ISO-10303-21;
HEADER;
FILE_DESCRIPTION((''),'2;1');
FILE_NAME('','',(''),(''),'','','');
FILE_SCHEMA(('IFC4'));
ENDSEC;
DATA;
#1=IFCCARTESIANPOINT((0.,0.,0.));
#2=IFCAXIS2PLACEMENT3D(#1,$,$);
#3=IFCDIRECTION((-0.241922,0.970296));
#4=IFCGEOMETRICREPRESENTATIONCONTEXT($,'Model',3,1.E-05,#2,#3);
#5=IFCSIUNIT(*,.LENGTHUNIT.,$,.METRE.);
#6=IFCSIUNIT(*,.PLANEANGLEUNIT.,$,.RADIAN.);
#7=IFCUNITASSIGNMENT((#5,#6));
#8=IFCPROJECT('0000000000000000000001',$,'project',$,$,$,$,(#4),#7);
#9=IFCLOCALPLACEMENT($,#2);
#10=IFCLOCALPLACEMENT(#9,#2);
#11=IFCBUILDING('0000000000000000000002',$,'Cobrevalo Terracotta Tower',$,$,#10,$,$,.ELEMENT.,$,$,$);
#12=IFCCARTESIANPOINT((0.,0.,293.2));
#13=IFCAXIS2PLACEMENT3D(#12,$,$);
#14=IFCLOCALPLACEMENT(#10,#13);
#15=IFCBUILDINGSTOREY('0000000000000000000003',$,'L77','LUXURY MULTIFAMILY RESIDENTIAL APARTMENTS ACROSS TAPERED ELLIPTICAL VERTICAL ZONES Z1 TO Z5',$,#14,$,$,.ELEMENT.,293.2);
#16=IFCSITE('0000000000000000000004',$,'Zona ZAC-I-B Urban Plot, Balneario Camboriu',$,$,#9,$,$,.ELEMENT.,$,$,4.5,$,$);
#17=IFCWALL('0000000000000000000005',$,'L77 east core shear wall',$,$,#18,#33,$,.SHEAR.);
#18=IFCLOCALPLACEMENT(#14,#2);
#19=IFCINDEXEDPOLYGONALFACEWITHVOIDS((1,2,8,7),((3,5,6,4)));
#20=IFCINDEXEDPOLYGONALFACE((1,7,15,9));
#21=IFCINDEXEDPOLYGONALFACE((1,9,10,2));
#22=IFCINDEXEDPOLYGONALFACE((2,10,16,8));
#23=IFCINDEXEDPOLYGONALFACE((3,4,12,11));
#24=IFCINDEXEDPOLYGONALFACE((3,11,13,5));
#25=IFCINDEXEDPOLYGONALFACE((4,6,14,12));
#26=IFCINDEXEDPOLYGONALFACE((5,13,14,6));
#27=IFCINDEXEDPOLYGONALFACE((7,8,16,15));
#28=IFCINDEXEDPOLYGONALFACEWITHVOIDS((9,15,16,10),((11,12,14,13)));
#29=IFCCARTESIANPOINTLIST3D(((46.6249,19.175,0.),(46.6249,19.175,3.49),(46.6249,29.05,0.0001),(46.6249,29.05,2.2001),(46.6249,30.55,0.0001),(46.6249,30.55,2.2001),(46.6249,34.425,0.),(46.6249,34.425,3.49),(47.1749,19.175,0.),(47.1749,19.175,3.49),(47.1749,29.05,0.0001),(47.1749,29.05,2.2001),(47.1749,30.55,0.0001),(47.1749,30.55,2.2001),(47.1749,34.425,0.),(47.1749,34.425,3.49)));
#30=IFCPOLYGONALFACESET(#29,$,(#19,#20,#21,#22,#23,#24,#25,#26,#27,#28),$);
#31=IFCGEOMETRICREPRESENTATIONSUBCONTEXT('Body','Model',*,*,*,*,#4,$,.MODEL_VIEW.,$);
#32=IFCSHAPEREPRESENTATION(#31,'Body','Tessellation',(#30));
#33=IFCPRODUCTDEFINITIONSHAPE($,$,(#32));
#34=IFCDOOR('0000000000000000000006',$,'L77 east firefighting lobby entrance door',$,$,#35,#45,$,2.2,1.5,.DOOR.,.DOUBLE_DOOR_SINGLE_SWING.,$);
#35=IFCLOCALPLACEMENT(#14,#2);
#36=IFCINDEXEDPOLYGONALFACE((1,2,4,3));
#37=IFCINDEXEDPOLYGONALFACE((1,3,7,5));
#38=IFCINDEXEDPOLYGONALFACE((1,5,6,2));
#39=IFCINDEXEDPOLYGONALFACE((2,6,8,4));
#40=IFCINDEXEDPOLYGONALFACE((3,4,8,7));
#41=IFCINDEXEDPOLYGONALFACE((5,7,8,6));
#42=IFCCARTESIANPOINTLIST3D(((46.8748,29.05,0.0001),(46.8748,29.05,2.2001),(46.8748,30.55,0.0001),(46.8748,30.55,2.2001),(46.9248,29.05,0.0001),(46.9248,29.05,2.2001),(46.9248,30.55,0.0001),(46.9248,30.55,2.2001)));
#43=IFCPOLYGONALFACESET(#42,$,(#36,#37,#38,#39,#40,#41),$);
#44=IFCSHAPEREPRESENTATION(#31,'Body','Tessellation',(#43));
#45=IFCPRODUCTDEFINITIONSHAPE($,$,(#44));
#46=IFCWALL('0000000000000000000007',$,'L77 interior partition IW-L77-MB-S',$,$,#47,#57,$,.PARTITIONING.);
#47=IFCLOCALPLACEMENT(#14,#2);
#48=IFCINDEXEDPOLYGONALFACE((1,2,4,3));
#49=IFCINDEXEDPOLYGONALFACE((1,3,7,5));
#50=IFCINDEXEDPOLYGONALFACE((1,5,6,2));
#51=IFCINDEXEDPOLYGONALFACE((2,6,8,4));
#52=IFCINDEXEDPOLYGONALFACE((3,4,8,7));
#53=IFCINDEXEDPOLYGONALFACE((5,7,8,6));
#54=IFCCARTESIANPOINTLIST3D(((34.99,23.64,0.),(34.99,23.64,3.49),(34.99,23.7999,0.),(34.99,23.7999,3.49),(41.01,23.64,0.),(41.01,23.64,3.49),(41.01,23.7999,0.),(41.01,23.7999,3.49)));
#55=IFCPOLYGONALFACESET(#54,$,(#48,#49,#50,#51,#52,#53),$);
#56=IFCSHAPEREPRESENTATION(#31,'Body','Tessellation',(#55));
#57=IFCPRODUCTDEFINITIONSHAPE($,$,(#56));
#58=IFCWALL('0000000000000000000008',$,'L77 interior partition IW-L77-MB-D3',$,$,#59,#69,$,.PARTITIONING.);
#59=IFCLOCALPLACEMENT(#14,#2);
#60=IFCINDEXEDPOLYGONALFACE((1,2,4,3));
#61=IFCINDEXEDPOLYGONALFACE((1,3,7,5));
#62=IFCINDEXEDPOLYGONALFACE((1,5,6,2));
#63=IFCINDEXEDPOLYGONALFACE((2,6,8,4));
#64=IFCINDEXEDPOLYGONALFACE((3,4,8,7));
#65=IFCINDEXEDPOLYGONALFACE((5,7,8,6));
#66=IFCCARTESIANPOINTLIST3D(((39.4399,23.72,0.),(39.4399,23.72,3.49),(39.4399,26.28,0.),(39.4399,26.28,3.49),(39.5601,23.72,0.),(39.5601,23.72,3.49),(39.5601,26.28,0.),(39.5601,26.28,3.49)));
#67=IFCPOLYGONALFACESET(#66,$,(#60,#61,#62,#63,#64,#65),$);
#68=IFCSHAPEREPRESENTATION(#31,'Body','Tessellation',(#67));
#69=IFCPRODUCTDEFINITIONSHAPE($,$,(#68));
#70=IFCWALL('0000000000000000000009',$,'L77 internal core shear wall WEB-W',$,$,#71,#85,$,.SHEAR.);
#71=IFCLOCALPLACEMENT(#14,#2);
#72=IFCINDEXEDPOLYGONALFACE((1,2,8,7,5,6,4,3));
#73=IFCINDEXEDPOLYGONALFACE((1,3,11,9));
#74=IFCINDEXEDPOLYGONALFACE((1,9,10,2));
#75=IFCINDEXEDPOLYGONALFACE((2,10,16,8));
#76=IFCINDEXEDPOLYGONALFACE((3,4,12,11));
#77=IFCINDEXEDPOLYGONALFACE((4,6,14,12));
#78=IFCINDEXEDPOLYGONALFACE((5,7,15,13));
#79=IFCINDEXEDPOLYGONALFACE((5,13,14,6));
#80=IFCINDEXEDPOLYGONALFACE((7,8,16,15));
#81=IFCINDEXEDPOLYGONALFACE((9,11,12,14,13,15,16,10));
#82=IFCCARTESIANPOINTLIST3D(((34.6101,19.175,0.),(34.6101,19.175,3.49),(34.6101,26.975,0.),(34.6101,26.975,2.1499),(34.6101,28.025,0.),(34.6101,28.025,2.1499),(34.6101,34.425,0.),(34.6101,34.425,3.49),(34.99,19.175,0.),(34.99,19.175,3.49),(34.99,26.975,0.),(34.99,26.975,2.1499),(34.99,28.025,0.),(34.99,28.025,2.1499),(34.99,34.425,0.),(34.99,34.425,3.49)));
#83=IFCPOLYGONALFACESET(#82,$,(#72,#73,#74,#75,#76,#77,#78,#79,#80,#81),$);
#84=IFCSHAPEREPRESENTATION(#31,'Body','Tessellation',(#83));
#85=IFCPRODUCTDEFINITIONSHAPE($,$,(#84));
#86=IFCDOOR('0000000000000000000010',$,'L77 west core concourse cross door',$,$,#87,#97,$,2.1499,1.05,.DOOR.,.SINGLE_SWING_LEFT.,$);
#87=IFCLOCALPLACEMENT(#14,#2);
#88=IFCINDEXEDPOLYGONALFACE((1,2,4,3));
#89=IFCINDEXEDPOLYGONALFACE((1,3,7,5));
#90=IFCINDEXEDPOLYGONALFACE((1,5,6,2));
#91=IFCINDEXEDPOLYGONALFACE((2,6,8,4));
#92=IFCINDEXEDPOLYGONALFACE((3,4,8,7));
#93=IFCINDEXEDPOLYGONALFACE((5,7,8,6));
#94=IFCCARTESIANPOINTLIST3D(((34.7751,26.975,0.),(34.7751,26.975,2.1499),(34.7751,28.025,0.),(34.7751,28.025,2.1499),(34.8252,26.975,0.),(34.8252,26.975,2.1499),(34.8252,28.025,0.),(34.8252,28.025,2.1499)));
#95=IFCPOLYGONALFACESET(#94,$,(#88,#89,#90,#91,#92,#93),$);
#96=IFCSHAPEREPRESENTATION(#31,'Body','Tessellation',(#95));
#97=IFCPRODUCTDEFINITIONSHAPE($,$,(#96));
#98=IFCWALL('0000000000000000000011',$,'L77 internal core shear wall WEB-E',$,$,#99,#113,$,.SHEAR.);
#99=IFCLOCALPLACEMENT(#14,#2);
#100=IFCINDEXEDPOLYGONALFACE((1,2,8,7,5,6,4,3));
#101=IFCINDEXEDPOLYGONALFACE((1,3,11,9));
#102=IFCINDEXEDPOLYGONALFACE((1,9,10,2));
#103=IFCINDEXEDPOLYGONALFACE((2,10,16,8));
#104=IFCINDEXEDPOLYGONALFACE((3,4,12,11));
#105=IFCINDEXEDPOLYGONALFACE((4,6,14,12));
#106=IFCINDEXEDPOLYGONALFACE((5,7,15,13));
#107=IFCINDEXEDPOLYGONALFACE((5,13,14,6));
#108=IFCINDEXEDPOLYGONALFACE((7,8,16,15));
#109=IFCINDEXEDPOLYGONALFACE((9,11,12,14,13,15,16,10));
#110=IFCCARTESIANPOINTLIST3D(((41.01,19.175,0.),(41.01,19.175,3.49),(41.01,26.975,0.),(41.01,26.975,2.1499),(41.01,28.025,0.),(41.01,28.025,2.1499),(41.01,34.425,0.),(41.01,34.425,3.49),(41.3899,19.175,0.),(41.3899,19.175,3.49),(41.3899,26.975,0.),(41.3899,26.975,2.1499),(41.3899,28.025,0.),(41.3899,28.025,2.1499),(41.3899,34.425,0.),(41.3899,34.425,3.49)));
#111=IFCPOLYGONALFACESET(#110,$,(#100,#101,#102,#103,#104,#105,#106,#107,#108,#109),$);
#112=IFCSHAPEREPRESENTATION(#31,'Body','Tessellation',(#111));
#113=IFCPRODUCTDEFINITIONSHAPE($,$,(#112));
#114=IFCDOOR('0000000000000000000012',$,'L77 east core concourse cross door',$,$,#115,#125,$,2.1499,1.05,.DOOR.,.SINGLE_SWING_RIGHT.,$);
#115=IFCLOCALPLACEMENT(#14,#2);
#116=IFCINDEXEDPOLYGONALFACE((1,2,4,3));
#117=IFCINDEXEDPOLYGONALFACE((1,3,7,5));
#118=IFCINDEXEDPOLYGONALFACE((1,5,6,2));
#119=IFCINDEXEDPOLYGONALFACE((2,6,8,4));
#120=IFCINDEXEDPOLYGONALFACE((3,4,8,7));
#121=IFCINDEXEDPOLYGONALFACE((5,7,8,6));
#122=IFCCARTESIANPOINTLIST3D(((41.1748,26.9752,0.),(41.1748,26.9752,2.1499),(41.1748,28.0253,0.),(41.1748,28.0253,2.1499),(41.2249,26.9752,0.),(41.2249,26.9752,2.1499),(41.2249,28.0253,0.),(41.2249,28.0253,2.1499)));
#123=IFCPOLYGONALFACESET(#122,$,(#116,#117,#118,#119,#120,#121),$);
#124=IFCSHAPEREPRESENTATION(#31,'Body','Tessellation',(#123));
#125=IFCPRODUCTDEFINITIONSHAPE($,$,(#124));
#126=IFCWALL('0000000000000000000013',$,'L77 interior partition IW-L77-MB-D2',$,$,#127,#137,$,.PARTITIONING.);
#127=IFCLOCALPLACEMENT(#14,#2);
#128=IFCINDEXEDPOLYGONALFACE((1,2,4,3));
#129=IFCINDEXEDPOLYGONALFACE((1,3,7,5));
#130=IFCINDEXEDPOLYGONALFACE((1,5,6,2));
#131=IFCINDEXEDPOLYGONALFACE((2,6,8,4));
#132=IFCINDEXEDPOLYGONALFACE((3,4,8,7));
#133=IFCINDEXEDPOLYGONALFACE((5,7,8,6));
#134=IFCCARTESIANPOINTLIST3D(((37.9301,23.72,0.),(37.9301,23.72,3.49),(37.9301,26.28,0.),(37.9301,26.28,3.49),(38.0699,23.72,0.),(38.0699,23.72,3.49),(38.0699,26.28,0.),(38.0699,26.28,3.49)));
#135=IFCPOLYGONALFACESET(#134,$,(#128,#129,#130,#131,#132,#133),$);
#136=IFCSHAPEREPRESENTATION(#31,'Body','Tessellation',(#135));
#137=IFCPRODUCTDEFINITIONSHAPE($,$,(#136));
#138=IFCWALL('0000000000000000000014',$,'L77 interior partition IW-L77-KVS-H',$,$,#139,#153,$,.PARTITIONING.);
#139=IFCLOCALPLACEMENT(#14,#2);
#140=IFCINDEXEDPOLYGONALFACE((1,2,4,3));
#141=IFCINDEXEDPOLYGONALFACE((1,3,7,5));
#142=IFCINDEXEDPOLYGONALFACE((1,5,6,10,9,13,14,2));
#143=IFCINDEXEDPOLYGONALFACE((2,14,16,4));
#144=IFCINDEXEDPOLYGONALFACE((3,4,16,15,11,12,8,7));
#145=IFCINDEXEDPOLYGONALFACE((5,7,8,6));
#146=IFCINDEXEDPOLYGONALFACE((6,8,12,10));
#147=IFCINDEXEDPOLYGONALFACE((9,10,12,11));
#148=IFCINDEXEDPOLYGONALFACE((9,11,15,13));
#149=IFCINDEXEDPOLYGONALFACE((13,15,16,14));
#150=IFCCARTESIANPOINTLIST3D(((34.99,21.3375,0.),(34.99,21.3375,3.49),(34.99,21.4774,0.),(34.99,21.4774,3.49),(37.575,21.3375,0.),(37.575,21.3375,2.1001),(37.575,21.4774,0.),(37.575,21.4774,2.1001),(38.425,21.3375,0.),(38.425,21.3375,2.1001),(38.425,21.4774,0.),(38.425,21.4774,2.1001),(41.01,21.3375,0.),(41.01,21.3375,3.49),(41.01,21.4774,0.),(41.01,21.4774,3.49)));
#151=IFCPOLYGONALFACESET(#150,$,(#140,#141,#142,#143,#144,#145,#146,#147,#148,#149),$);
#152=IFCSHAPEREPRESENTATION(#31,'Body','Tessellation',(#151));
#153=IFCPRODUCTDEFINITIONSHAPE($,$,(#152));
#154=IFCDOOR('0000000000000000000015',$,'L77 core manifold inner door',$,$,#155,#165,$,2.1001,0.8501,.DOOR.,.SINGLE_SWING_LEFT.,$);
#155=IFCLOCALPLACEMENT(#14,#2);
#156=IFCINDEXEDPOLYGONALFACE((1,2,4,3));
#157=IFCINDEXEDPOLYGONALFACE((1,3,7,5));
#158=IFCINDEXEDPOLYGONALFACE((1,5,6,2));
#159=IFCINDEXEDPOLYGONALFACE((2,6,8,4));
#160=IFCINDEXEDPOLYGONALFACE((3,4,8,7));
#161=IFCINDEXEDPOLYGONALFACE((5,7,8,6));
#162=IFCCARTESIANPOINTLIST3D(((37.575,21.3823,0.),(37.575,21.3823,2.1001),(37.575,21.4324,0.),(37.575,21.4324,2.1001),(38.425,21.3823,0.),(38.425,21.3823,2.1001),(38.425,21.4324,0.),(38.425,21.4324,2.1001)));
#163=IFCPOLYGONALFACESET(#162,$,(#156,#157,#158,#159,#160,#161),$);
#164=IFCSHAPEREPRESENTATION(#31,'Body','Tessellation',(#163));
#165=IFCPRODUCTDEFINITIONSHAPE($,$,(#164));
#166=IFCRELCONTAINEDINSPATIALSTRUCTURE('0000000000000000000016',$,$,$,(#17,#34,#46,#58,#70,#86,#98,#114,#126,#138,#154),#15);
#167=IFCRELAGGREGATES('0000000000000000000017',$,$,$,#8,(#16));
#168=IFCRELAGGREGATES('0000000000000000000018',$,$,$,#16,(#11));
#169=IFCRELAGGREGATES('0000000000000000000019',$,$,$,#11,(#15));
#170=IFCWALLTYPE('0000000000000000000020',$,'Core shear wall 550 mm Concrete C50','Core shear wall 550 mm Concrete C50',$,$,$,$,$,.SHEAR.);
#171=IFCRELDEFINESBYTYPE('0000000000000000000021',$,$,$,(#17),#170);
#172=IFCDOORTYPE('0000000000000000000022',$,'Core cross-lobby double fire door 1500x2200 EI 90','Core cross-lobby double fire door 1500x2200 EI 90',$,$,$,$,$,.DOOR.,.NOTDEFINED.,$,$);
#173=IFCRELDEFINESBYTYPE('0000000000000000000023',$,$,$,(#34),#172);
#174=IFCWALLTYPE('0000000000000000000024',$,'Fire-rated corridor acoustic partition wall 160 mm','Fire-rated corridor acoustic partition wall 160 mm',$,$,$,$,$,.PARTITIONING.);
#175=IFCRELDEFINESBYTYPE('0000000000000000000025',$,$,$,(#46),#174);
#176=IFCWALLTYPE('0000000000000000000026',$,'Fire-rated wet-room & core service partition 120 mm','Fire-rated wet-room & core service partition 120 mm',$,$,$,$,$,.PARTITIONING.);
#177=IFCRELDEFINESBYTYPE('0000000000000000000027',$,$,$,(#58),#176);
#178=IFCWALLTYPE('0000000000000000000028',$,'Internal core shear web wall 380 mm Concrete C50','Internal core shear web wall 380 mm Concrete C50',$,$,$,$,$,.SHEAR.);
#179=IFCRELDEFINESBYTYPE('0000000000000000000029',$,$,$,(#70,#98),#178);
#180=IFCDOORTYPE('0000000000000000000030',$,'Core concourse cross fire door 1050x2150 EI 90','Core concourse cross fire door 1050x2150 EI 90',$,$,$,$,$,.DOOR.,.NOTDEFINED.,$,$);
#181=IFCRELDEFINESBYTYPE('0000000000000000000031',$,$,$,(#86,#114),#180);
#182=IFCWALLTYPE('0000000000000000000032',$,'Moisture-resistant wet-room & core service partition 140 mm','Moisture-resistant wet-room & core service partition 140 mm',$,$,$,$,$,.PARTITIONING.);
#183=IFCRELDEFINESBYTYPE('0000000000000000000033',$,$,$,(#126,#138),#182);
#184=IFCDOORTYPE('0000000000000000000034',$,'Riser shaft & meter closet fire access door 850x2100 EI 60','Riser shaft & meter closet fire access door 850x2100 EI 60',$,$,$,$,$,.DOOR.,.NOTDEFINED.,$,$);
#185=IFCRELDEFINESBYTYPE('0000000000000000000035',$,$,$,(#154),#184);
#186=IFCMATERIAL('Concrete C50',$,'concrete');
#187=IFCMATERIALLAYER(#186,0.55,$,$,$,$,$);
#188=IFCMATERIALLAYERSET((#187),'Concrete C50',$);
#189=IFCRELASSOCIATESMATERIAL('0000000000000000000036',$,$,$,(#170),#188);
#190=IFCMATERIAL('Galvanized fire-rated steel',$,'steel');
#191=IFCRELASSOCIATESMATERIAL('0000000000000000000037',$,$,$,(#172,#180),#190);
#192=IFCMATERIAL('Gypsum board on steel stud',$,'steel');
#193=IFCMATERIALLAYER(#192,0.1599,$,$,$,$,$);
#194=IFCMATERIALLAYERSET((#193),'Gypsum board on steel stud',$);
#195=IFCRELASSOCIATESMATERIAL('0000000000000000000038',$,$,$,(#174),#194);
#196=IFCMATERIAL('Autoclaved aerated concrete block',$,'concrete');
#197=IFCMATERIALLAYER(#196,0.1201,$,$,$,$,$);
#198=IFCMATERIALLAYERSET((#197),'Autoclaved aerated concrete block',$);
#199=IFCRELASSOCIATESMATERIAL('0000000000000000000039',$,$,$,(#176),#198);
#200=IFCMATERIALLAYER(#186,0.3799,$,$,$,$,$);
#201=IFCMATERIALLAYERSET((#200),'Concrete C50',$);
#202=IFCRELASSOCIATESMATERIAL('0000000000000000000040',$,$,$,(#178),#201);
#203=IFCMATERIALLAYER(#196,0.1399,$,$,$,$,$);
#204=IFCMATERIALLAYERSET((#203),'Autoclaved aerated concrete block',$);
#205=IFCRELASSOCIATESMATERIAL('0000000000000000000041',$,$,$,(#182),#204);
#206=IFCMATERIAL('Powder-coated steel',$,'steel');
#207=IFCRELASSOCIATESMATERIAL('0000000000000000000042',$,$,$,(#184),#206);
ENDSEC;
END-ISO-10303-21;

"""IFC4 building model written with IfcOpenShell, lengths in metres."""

from ifc_helpers import new_model, si_unit, direction, frame, frame_2d, origin, place, context, subcontext, project, spatial, rectangle, extrude, source, transform, mapped, material, layer, layer_set, type_object, element, fill, save


model = new_model("IFC4")

# Units and contexts
model_context = context("Model", 3, precision=1e-05, world=origin(), true_north=direction((-0.241922, 0.970296)))
body_context = subcontext(model_context, "Body", "Model", "MODEL_VIEW")
ifc_project = project(units=[si_unit("LENGTHUNIT", "METRE"), si_unit("PLANEANGLEUNIT", "RADIAN")], contexts=[model_context])

# Site, building, storey
site_placement = place(None, origin())
site = spatial("IfcSite", under=ifc_project, at=site_placement, Name="Zona ZAC-I-B Urban Plot, Balneario Camboriu", CompositionType="ELEMENT", RefElevation=4.5)
building_placement = place(site_placement, origin())
building = spatial("IfcBuilding", under=site, at=building_placement, Name="Cobrevalo Terracotta Tower", CompositionType="ELEMENT")
storey_placement = place(building_placement, frame((0.0, 0.0, 293.2)))
storey = spatial("IfcBuildingStorey", under=building, at=storey_placement, Name="L77", Description="LUXURY MULTIFAMILY RESIDENTIAL APARTMENTS ACROSS TAPERED ELLIPTICAL VERTICAL ZONES Z1 TO Z5", CompositionType="ELEMENT", Elevation=293.2)

# Wall, opening, door
ifc_material_1 = material(Name="Concrete C50", Category="concrete")
ifc_layer_1 = layer(ifc_material_1, 0.55)
ifc_layer_set_1 = layer_set([ifc_layer_1], Name="Concrete C50")
wall_type_1 = type_object("IfcWallType", Name="Core shear wall 550 mm Concrete C50", Description="Core shear wall 550 mm Concrete C50", PredefinedType="SHEAR", material=ifc_layer_set_1)
wall_1_placement = place(storey_placement, frame((46.8999, 19.175, 0.0), z_axis=(0.0, 0.0, 1.0), x_axis=(0.0, 1.0, 0.0)))
wall_1 = element("IfcWall", 1, at=wall_1_placement, inside=storey, type_object=wall_type_1, Name="L77 east core shear wall", PredefinedType="SHEAR", context=body_context, shape_type="SweptSolid", body=[
    extrude(rectangle(XDim=15.25, YDim=0.55, at=frame_2d((7.625, 0.0))), origin(), (0.0, 0.0, 1.0), 3.49),
])
opening_1_placement = place(wall_1_placement, frame((9.875, 0.0, 0.0)))
opening_1 = element("IfcOpeningElement", 2, at=opening_1_placement, cuts=wall_1, PredefinedType="OPENING", context=body_context, shape_type="SweptSolid", body=[
    extrude(rectangle(XDim=1.5, YDim=2.2, at=frame_2d((0.75, 1.1001))), frame((0.0, 0.2852, 0.0), z_axis=(0.0, -1.0, 0.0), x_axis=(1.0, 0.0, 0.0)), (0.0, 0.0, 1.0), 0.5701),
])
ifc_material_2 = material(Name="Galvanized fire-rated steel", Category="steel")
door_type_1 = type_object("IfcDoorType", Name="Core cross-lobby double fire door 1500x2200 EI 90", Description="Core cross-lobby double fire door 1500x2200 EI 90", OperationType="NOTDEFINED", PredefinedType="DOOR", material=ifc_material_2)
shared_shape_1 = source(origin(), body_context, "Body", "SweptSolid", [
    extrude(rectangle(XDim=1.5, YDim=2.2, at=frame_2d((0.75, 1.1001))), frame((0.0, 0.0249, 0.0), z_axis=(0.0, -1.0, 0.0), x_axis=(1.0, 0.0, 0.0)), (0.0, 0.0, 1.0), 0.05),
])
door_1_placement = place(opening_1_placement, frame((1.5, 0.0, 0.0), z_axis=(0.0, 0.0, 1.0), x_axis=(-1.0, 0.0, 0.0)))
door_1 = element("IfcDoor", 3, at=door_1_placement, inside=storey, type_object=door_type_1, Name="L77 east firefighting lobby entrance door", OperationType="DOUBLE_DOOR_SINGLE_SWING", OverallHeight=2.2, OverallWidth=1.5, PredefinedType="DOOR", context=body_context, shape_type="MappedRepresentation", body=[
    mapped(shared_shape_1, transform((0.0, 0.0, 0.0), scale=1.0)),
])
fill(opening_1, door_1)

# Walls
ifc_material_3 = material(Name="Gypsum board on steel stud", Category="steel")
ifc_layer_2 = layer(ifc_material_3, 0.1599)
ifc_layer_set_2 = layer_set([ifc_layer_2], Name="Gypsum board on steel stud")
wall_type_2 = type_object("IfcWallType", Name="Fire-rated corridor acoustic partition wall 160 mm", Description="Fire-rated corridor acoustic partition wall 160 mm", PredefinedType="PARTITIONING", material=ifc_layer_set_2)
wall_2_placement = place(storey_placement, frame((34.99, 23.72, 0.0), z_axis=(0.0, 0.0, 1.0), x_axis=(1.0, 0.0, 0.0)))
element("IfcWall", 4, at=wall_2_placement, inside=storey, type_object=wall_type_2, Name="L77 interior partition IW-L77-MB-S", PredefinedType="PARTITIONING", context=body_context, shape_type="SweptSolid", body=[
    extrude(rectangle(XDim=6.02, YDim=0.1599, at=frame_2d((3.01, 0.0))), origin(), (0.0, 0.0, 1.0), 3.49),
])
ifc_material_4 = material(Name="Autoclaved aerated concrete block", Category="concrete")
ifc_layer_3 = layer(ifc_material_4, 0.1201)
ifc_layer_set_3 = layer_set([ifc_layer_3], Name="Autoclaved aerated concrete block")
wall_type_3 = type_object("IfcWallType", Name="Fire-rated wet-room & core service partition 120 mm", Description="Fire-rated wet-room & core service partition 120 mm", PredefinedType="PARTITIONING", material=ifc_layer_set_3)
wall_3_placement = place(storey_placement, frame((39.5, 23.72, 0.0), z_axis=(0.0, 0.0, 1.0), x_axis=(0.0, 1.0, 0.0)))
element("IfcWall", 5, at=wall_3_placement, inside=storey, type_object=wall_type_3, Name="L77 interior partition IW-L77-MB-D3", PredefinedType="PARTITIONING", context=body_context, shape_type="SweptSolid", body=[
    extrude(rectangle(XDim=2.5601, YDim=0.1201, at=frame_2d((1.28, 0.0))), origin(), (0.0, 0.0, 1.0), 3.49),
])

# Walls, openings, doors
ifc_layer_4 = layer(ifc_material_1, 0.3799)
ifc_layer_set_4 = layer_set([ifc_layer_4], Name="Concrete C50")
wall_type_4 = type_object("IfcWallType", Name="Internal core shear web wall 380 mm Concrete C50", Description="Internal core shear web wall 380 mm Concrete C50", PredefinedType="SHEAR", material=ifc_layer_set_4)
wall_4_placement = place(storey_placement, frame((34.8, 19.175, 0.0), z_axis=(0.0, 0.0, 1.0), x_axis=(0.0, 1.0, 0.0)))
wall_4 = element("IfcWall", 6, at=wall_4_placement, inside=storey, type_object=wall_type_4, Name="L77 internal core shear wall WEB-W", PredefinedType="SHEAR", context=body_context, shape_type="SweptSolid", body=[
    extrude(rectangle(XDim=15.25, YDim=0.3799, at=frame_2d((7.625, 0.0))), origin(), (0.0, 0.0, 1.0), 3.49),
])
opening_2_placement = place(wall_4_placement, frame((7.8, 0.0, 0.0)))
opening_2 = element("IfcOpeningElement", 7, at=opening_2_placement, cuts=wall_4, PredefinedType="OPENING", context=body_context, shape_type="SweptSolid", body=[
    extrude(rectangle(XDim=1.05, YDim=2.1499, at=frame_2d((0.5249, 1.075))), frame((0.0, 0.2, 0.0), z_axis=(0.0, -1.0, 0.0), x_axis=(1.0, 0.0, 0.0)), (0.0, 0.0, 1.0), 0.3999),
])
door_type_2 = type_object("IfcDoorType", Name="Core concourse cross fire door 1050x2150 EI 90", Description="Core concourse cross fire door 1050x2150 EI 90", OperationType="NOTDEFINED", PredefinedType="DOOR", material=ifc_material_2)
shared_shape_2 = source(origin(), body_context, "Body", "SweptSolid", [
    extrude(rectangle(XDim=1.05, YDim=2.1499, at=frame_2d((0.5249, 1.075))), frame((0.0, 0.0249, 0.0), z_axis=(0.0, -1.0, 0.0), x_axis=(1.0, 0.0, 0.0)), (0.0, 0.0, 1.0), 0.05),
])
door_2_placement = place(opening_2_placement, origin())
door_2 = element("IfcDoor", 8, at=door_2_placement, inside=storey, type_object=door_type_2, Name="L77 west core concourse cross door", OperationType="SINGLE_SWING_LEFT", OverallHeight=2.1499, OverallWidth=1.05, PredefinedType="DOOR", context=body_context, shape_type="MappedRepresentation", body=[
    mapped(shared_shape_2, transform((0.0, 0.0, 0.0), scale=1.0)),
])
fill(opening_2, door_2)
wall_5_placement = place(storey_placement, frame((41.2, 19.175, 0.0), z_axis=(0.0, 0.0, 1.0), x_axis=(0.0, 1.0, 0.0)))
wall_5 = element("IfcWall", 9, at=wall_5_placement, inside=storey, type_object=wall_type_4, Name="L77 internal core shear wall WEB-E", PredefinedType="SHEAR", context=body_context, shape_type="SweptSolid", body=[
    extrude(rectangle(XDim=15.25, YDim=0.3799, at=frame_2d((7.625, 0.0))), origin(), (0.0, 0.0, 1.0), 3.49),
])
opening_3_placement = place(wall_5_placement, frame((7.8, 0.0, 0.0)))
opening_3 = element("IfcOpeningElement", 10, at=opening_3_placement, cuts=wall_5, PredefinedType="OPENING", context=body_context, shape_type="SweptSolid", body=[
    extrude(rectangle(XDim=1.05, YDim=2.1499, at=frame_2d((0.5249, 1.075))), frame((0.0, 0.2, 0.0), z_axis=(0.0, -1.0, 0.0), x_axis=(1.0, 0.0, 0.0)), (0.0, 0.0, 1.0), 0.3999),
])
door_3_placement = place(opening_3_placement, frame((1.05, 0.0, 0.0), z_axis=(0.0, 0.0, 1.0), x_axis=(-1.0, 0.0, 0.0)))
door_3 = element("IfcDoor", 11, at=door_3_placement, inside=storey, type_object=door_type_2, Name="L77 east core concourse cross door", OperationType="SINGLE_SWING_RIGHT", OverallHeight=2.1499, OverallWidth=1.05, PredefinedType="DOOR", context=body_context, shape_type="MappedRepresentation", body=[
    mapped(shared_shape_2, transform((0.0, 0.0, 0.0), scale=1.0)),
])
fill(opening_3, door_3)

# Wall
ifc_layer_5 = layer(ifc_material_4, 0.1399)
ifc_layer_set_5 = layer_set([ifc_layer_5], Name="Autoclaved aerated concrete block")
wall_type_5 = type_object("IfcWallType", Name="Moisture-resistant wet-room & core service partition 140 mm", Description="Moisture-resistant wet-room & core service partition 140 mm", PredefinedType="PARTITIONING", material=ifc_layer_set_5)
wall_6_placement = place(storey_placement, frame((38.0, 23.72, 0.0), z_axis=(0.0, 0.0, 1.0), x_axis=(0.0, 1.0, 0.0)))
element("IfcWall", 12, at=wall_6_placement, inside=storey, type_object=wall_type_5, Name="L77 interior partition IW-L77-MB-D2", PredefinedType="PARTITIONING", context=body_context, shape_type="SweptSolid", body=[
    extrude(rectangle(XDim=2.5601, YDim=0.1399, at=frame_2d((1.28, 0.0))), origin(), (0.0, 0.0, 1.0), 3.49),
])

# Wall, opening, door
wall_7_placement = place(storey_placement, frame((34.99, 21.4075, 0.0), z_axis=(0.0, 0.0, 1.0), x_axis=(1.0, 0.0, 0.0)))
wall_7 = element("IfcWall", 13, at=wall_7_placement, inside=storey, type_object=wall_type_5, Name="L77 interior partition IW-L77-KVS-H", PredefinedType="PARTITIONING", context=body_context, shape_type="SweptSolid", body=[
    extrude(rectangle(XDim=6.02, YDim=0.1399, at=frame_2d((3.01, 0.0))), origin(), (0.0, 0.0, 1.0), 3.49),
])
opening_4_placement = place(wall_7_placement, frame((2.585, 0.0, 0.0)))
opening_4 = element("IfcOpeningElement", 14, at=opening_4_placement, cuts=wall_7, PredefinedType="OPENING", context=body_context, shape_type="SweptSolid", body=[
    extrude(rectangle(XDim=0.8501, YDim=2.1001, at=frame_2d((0.425, 1.05))), frame((0.0, 0.0801, 0.0), z_axis=(0.0, -1.0, 0.0), x_axis=(1.0, 0.0, 0.0)), (0.0, 0.0, 1.0), 0.1599),
])
ifc_material_5 = material(Name="Powder-coated steel", Category="steel")
door_type_3 = type_object("IfcDoorType", Name="Riser shaft & meter closet fire access door 850x2100 EI 60", Description="Riser shaft & meter closet fire access door 850x2100 EI 60", OperationType="NOTDEFINED", PredefinedType="DOOR", material=ifc_material_5)
shared_shape_3 = source(origin(), body_context, "Body", "SweptSolid", [
    extrude(rectangle(XDim=0.8501, YDim=2.1001, at=frame_2d((0.425, 1.05))), frame((0.0, 0.0249, 0.0), z_axis=(0.0, -1.0, 0.0), x_axis=(1.0, 0.0, 0.0)), (0.0, 0.0, 1.0), 0.05),
])
door_4_placement = place(opening_4_placement, origin())
door_4 = element("IfcDoor", 15, at=door_4_placement, inside=storey, type_object=door_type_3, Name="L77 core manifold inner door", OperationType="SINGLE_SWING_LEFT", OverallHeight=2.1001, OverallWidth=0.8501, PredefinedType="DOOR", context=body_context, shape_type="MappedRepresentation", body=[
    mapped(shared_shape_3, transform((0.0, 0.0, 0.0), scale=1.0)),
])
fill(opening_4, door_4)

save(model, "model.ifc")
